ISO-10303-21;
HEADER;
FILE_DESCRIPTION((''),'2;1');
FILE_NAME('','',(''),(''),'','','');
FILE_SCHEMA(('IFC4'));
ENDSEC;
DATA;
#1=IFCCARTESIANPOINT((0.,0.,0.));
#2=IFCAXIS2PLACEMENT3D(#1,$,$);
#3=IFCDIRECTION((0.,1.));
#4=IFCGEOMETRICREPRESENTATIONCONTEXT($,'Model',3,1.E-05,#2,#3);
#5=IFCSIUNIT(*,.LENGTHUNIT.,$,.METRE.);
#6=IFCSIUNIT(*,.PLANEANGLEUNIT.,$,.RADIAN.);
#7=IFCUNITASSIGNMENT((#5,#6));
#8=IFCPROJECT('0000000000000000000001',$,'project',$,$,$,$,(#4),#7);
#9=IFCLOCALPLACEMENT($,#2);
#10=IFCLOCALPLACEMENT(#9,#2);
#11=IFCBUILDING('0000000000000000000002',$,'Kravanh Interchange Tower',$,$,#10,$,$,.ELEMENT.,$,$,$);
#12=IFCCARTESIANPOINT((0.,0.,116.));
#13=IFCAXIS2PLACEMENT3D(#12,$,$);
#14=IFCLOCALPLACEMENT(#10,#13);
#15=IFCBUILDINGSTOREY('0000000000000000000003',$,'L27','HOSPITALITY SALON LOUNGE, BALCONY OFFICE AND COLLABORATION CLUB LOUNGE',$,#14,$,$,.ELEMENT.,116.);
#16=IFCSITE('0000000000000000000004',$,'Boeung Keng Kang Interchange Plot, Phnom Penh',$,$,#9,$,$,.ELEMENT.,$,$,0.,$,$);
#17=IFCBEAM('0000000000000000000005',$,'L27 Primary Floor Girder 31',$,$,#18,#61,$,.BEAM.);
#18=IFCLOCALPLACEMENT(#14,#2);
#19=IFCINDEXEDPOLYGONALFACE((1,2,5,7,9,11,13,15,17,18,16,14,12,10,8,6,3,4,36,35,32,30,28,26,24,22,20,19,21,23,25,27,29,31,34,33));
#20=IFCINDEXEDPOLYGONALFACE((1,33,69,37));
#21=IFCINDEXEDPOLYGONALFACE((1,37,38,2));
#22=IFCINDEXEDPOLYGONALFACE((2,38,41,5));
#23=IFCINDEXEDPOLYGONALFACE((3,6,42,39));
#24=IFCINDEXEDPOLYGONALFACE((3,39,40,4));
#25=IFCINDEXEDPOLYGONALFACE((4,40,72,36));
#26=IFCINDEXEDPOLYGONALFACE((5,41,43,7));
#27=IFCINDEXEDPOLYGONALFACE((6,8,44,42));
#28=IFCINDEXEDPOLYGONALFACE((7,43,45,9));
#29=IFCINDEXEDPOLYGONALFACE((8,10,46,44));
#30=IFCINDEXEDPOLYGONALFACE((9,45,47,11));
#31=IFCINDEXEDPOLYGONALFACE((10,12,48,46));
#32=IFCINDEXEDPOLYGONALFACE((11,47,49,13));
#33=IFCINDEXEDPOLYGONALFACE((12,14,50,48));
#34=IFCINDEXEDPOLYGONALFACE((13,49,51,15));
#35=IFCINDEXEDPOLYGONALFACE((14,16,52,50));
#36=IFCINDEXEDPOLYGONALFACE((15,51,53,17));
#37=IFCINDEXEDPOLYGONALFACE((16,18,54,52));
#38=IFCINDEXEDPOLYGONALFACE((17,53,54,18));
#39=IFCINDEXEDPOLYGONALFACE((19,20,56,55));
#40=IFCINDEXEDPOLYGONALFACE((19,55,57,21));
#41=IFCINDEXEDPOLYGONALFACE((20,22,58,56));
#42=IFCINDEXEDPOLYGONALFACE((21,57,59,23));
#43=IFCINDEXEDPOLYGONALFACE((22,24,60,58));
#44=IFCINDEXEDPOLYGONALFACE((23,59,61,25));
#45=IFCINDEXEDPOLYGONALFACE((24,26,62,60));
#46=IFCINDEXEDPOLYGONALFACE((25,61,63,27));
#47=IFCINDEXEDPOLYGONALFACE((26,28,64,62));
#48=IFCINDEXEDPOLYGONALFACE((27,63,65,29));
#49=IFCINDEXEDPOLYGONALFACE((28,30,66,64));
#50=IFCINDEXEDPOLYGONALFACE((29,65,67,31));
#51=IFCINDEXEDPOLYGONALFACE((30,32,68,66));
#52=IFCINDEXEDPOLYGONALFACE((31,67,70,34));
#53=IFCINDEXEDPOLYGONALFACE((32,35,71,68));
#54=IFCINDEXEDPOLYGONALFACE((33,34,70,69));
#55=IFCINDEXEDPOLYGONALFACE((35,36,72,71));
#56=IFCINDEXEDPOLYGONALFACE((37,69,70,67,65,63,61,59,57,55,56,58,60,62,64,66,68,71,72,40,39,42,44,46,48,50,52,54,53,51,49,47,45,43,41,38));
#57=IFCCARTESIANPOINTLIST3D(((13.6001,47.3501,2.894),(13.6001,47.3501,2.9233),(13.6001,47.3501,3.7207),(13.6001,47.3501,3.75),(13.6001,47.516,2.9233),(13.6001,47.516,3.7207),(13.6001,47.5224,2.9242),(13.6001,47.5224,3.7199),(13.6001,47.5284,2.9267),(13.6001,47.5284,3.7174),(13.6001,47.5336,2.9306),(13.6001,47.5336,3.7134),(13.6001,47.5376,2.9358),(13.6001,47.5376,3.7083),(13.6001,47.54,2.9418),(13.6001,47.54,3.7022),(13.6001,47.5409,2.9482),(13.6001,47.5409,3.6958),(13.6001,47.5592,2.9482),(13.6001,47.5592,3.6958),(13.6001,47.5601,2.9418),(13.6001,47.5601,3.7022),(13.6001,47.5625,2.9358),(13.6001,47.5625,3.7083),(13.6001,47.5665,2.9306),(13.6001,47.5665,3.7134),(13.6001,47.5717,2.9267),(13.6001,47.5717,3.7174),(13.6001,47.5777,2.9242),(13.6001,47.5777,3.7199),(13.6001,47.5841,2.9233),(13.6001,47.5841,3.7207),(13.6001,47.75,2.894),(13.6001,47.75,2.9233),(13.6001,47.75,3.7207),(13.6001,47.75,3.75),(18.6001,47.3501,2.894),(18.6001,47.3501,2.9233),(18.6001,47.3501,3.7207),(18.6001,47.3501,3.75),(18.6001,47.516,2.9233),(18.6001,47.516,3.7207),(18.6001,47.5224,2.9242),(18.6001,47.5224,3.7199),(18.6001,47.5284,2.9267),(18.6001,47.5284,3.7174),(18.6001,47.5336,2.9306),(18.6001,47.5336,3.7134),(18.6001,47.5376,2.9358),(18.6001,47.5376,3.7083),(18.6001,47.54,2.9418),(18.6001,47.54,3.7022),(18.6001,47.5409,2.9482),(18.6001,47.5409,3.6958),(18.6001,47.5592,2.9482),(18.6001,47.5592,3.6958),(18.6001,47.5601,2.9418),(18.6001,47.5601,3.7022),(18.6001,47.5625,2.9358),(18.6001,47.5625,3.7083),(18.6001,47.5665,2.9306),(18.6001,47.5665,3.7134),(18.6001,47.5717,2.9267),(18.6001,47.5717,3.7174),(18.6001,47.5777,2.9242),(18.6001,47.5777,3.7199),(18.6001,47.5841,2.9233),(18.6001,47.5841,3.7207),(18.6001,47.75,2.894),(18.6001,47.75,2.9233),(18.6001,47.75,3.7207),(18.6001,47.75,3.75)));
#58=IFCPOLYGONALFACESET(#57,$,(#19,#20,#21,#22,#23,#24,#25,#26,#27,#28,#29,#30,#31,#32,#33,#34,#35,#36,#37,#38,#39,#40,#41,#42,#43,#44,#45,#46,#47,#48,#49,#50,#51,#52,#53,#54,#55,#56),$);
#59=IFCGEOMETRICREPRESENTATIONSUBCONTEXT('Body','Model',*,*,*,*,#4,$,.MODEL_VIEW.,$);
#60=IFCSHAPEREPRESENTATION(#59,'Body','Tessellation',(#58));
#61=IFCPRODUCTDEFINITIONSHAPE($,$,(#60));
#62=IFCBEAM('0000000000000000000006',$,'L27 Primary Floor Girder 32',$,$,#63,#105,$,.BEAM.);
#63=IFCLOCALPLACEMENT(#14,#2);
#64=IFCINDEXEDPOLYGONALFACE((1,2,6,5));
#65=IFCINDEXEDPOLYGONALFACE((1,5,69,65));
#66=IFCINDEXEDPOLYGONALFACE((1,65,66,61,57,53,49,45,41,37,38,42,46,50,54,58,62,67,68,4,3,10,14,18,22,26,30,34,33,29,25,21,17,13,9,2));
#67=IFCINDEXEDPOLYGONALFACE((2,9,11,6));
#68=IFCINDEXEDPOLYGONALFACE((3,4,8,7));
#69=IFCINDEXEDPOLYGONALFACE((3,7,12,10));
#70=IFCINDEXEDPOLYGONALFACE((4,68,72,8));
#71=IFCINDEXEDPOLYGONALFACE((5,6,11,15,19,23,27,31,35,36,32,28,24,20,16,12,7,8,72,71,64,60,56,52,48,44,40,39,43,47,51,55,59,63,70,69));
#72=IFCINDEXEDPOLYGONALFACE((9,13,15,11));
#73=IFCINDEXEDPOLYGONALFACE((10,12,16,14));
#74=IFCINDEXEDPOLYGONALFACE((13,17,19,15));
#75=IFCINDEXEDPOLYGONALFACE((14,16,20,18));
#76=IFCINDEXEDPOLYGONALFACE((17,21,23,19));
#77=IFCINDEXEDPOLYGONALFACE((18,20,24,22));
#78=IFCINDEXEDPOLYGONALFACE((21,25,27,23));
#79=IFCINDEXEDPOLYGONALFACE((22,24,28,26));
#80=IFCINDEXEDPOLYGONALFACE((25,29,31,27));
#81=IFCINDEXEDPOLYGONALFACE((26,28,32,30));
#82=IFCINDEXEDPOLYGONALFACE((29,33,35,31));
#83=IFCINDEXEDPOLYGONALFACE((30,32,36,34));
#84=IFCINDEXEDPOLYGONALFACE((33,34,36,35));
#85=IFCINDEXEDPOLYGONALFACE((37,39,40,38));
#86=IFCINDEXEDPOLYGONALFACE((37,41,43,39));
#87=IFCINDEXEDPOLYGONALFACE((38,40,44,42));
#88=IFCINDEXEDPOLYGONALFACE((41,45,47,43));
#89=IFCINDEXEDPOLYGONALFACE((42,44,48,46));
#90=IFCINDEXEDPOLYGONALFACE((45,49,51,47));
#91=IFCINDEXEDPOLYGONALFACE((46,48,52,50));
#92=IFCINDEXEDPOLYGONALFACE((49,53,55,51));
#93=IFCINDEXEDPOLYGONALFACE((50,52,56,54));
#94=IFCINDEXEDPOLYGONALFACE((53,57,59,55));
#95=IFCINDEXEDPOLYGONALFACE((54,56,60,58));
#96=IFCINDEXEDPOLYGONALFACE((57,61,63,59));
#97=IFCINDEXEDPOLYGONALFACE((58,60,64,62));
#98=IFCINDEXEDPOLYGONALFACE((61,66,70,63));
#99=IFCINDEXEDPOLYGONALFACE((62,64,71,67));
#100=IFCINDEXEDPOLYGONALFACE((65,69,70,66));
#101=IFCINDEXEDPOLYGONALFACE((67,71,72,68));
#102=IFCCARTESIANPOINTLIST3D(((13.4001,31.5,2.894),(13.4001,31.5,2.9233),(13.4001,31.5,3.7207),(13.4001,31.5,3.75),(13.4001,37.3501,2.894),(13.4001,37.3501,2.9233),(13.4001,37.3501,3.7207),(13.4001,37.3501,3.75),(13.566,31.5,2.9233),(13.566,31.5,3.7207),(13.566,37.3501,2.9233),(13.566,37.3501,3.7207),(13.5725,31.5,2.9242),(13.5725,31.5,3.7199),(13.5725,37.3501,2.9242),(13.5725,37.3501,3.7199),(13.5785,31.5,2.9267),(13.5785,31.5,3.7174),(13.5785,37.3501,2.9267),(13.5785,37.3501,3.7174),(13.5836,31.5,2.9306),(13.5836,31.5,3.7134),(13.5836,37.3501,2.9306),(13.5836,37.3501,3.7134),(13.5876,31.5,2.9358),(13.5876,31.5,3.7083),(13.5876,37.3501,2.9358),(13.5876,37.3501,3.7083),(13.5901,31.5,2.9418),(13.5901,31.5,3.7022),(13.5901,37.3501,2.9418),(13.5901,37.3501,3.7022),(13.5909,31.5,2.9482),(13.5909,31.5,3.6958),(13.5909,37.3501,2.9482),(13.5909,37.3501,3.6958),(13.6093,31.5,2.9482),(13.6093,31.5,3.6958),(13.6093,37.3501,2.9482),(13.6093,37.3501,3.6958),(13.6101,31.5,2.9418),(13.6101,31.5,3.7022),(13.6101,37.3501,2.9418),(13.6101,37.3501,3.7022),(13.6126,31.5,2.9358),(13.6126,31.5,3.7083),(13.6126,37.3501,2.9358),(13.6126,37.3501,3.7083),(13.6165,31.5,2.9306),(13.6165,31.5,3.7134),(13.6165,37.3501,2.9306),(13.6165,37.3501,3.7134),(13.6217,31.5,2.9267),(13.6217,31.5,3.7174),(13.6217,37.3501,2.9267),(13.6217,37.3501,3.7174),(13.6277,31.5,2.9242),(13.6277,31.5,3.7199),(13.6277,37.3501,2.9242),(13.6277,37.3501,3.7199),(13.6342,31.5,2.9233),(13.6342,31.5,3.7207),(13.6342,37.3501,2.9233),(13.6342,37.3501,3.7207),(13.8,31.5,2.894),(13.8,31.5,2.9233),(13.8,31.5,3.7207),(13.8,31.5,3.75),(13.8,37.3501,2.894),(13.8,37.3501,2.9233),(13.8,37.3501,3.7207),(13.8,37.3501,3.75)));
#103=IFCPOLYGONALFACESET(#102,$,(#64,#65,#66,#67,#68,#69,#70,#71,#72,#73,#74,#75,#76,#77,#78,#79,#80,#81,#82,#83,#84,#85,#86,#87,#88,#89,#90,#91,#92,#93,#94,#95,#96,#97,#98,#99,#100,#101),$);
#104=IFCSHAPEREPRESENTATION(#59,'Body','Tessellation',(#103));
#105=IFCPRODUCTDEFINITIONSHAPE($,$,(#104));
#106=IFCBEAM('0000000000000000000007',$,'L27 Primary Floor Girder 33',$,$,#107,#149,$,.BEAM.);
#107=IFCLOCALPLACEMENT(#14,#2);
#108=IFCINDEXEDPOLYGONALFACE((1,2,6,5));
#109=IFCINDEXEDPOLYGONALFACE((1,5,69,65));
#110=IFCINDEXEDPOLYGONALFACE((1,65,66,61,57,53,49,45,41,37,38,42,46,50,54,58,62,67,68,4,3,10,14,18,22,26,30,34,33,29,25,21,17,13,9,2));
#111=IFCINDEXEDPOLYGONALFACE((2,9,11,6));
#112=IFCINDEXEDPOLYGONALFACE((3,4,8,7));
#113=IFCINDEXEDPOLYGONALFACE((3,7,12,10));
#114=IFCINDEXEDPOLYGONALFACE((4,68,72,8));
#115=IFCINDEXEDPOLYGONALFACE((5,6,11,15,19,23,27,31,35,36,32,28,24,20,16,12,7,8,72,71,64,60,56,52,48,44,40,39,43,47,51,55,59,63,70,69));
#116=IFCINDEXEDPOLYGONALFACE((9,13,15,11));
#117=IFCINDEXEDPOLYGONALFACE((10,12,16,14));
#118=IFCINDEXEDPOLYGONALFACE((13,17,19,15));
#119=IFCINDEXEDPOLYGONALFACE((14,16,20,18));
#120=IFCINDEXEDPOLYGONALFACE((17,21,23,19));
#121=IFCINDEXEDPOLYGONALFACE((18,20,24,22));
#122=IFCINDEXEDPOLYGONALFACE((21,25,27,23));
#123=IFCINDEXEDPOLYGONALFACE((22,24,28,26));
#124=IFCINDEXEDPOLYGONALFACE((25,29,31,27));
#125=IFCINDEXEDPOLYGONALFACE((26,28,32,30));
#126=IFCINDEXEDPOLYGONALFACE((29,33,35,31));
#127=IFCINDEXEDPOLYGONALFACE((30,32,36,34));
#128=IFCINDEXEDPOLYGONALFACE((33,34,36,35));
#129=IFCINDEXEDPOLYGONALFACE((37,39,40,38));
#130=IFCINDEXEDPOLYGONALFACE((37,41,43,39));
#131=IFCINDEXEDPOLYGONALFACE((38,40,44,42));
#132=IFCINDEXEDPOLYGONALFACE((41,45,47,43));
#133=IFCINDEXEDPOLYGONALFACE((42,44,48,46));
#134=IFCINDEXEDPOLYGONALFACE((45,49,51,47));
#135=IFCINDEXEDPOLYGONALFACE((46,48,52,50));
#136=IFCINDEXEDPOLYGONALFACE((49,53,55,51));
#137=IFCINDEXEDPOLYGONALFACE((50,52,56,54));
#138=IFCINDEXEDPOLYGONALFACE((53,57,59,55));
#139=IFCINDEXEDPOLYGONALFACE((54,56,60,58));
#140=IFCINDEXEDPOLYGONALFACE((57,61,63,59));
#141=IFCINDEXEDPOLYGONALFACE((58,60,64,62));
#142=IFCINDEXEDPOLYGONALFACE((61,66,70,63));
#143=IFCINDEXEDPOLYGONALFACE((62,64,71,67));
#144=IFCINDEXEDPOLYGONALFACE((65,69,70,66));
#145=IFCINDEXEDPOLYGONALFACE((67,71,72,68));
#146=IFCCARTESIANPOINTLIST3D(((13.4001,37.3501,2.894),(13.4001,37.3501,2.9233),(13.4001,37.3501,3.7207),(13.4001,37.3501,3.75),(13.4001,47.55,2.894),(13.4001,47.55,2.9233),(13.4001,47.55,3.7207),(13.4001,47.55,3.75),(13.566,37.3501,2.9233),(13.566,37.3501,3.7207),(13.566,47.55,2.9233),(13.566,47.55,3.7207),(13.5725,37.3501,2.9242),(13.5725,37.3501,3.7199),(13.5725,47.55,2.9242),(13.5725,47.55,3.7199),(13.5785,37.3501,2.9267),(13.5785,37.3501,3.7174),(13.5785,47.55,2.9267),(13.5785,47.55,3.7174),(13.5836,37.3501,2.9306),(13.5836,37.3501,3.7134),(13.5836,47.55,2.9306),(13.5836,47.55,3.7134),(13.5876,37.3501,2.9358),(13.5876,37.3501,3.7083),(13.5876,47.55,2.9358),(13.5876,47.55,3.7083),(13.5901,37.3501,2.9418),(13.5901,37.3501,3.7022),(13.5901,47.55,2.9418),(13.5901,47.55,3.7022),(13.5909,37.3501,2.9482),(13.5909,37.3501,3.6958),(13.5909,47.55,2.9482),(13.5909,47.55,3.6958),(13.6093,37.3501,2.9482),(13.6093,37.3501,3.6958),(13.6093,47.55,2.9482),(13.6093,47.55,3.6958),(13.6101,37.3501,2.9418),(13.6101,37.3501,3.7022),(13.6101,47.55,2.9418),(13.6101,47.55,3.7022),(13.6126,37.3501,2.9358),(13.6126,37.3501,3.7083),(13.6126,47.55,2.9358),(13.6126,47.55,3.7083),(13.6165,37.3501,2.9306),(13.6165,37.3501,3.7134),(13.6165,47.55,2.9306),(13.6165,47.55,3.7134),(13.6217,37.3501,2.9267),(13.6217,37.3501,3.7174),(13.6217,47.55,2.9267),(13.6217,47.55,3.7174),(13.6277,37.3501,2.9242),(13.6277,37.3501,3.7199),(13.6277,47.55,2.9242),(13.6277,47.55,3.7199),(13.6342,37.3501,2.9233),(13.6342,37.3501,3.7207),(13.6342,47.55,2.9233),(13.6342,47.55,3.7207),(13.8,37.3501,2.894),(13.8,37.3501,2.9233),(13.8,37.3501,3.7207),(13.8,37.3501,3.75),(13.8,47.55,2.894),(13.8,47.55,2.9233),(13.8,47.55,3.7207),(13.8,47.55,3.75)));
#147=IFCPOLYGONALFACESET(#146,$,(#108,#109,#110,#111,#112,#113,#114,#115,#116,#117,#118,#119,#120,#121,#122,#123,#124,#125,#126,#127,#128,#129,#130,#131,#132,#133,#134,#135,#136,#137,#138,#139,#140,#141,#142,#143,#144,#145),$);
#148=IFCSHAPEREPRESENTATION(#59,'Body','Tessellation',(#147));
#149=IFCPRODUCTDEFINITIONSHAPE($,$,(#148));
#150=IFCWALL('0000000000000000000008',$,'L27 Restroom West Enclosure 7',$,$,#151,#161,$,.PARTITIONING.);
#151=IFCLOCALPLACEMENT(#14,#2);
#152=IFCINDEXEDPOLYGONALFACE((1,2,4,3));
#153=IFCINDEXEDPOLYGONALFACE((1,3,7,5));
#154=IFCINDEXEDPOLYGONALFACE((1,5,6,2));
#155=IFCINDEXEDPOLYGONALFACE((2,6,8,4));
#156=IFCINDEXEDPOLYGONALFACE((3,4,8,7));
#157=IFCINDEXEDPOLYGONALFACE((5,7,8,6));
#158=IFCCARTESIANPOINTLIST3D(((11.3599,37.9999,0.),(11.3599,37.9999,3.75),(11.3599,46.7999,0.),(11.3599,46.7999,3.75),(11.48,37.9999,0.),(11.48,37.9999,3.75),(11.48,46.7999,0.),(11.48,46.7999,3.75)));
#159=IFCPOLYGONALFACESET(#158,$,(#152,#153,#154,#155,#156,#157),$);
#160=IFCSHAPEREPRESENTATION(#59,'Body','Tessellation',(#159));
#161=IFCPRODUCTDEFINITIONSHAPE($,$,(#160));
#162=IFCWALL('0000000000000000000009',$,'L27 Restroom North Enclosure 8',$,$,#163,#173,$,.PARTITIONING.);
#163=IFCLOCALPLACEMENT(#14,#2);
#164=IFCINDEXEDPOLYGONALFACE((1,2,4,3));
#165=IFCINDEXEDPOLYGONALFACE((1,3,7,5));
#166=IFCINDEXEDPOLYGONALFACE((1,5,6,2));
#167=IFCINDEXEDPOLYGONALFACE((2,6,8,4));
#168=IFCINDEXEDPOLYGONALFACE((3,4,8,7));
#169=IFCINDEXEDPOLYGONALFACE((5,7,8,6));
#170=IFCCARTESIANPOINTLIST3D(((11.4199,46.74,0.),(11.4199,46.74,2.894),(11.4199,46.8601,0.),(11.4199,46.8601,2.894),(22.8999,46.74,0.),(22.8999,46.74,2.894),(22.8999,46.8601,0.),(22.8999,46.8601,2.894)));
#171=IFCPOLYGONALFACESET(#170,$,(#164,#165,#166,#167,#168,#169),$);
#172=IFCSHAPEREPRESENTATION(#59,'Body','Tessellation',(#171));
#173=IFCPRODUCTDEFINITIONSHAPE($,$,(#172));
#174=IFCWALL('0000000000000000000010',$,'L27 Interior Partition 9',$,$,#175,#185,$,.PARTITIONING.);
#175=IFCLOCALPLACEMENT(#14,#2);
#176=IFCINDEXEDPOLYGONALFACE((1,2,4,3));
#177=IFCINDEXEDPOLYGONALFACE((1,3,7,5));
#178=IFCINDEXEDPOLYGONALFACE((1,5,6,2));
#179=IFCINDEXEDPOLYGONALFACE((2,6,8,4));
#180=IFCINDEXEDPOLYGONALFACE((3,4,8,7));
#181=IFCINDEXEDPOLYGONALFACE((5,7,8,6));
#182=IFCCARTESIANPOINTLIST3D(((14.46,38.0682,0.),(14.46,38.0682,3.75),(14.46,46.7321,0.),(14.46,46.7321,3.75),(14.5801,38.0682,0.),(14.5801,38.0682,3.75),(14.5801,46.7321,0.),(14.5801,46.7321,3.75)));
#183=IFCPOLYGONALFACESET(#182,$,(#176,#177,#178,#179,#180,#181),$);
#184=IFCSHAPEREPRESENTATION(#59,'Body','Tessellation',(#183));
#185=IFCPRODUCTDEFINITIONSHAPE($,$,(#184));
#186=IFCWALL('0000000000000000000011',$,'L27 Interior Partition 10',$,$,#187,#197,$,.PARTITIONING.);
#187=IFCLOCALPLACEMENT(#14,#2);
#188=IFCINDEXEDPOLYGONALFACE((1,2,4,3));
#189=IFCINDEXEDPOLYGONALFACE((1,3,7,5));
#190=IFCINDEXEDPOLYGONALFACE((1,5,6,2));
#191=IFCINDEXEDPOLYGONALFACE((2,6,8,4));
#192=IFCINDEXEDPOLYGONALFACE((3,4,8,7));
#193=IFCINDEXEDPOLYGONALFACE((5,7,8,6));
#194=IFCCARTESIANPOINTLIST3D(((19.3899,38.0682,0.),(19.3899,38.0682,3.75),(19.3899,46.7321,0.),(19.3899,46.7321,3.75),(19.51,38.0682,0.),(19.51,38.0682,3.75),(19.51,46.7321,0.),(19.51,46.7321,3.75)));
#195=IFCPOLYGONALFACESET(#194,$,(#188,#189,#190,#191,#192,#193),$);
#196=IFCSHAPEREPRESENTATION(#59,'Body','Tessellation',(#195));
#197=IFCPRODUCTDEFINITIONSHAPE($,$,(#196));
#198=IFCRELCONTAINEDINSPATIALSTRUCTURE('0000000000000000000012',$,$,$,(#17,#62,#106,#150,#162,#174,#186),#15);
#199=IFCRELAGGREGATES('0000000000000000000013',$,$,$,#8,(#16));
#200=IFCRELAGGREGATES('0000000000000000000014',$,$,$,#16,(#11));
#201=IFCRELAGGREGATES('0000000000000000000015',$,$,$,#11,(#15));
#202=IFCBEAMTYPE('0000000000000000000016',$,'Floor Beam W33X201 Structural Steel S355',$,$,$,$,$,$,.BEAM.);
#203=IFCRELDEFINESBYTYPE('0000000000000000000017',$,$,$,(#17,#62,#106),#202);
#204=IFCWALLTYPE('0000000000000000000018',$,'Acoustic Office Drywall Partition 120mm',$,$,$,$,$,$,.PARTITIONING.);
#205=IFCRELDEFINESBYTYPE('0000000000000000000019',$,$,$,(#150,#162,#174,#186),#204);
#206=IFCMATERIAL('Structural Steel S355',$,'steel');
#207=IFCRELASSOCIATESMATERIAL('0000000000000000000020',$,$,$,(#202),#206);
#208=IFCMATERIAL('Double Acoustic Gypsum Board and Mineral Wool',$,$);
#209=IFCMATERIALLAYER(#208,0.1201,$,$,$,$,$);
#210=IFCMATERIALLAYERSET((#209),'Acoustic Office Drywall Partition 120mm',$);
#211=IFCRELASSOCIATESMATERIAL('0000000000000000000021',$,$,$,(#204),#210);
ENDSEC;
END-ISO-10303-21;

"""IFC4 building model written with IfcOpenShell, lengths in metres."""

from ifc_helpers import new_model, si_unit, direction, frame, frame_2d, origin, origin_2d, place, context, subcontext, project, spatial, rectangle, i_section, extrude, material, layer, layer_set, material_profile, profile_set, type_object, element, save


model = new_model("IFC4")

# Units and contexts
model_context = context("Model", 3, precision=1e-05, world=origin(), true_north=direction((0.0, 1.0)))
body_context = subcontext(model_context, "Body", "Model", "MODEL_VIEW")
ifc_project = project(units=[si_unit("LENGTHUNIT", "METRE"), si_unit("PLANEANGLEUNIT", "RADIAN")], contexts=[model_context])

# Site, building, storey
site_placement = place(None, origin())
site = spatial("IfcSite", under=ifc_project, at=site_placement, Name="Boeung Keng Kang Interchange Plot, Phnom Penh", CompositionType="ELEMENT", RefElevation=0.0)
building_placement = place(site_placement, origin())
building = spatial("IfcBuilding", under=site, at=building_placement, Name="Kravanh Interchange Tower", CompositionType="ELEMENT")
storey_placement = place(building_placement, frame((0.0, 0.0, 116.0)))
storey = spatial("IfcBuildingStorey", under=building, at=storey_placement, Name="L27", Description="HOSPITALITY SALON LOUNGE, BALCONY OFFICE AND COLLABORATION CLUB LOUNGE", CompositionType="ELEMENT", Elevation=116.0)

# Beams
ifc_material_1 = material(Name="Structural Steel S355", Category="steel")
ifc_material_profile_1 = material_profile(ifc_material_1, i_section(OverallWidth=0.3999, OverallDepth=0.856, WebThickness=0.0183, FlangeThickness=0.0293, FilletRadius=0.0249, at=origin_2d()), Name="W33X201")
ifc_profile_set_1 = profile_set([ifc_material_profile_1], Name="Structural Steel S355")
beam_type = type_object("IfcBeamType", Name="Floor Beam W33X201 Structural Steel S355", PredefinedType="BEAM", material=ifc_profile_set_1)
beam_1_placement = place(storey_placement, frame((18.6001, 47.55, 3.322), z_axis=(-1.0, 0.0, 0.0), x_axis=(0.0, -1.0, 0.0)))
element("IfcBeam", 1, at=beam_1_placement, inside=storey, type_object=beam_type, Name="L27 Primary Floor Girder 31", PredefinedType="BEAM", context=body_context, shape_type="SweptSolid", body=[
    extrude(i_section(OverallWidth=0.3999, OverallDepth=0.856, WebThickness=0.0183, FlangeThickness=0.0293, FilletRadius=0.0249, at=origin_2d()), origin(), (0.0, 0.0, 1.0), 5.0),
])
beam_2_placement = place(storey_placement, frame((13.6001, 37.3501, 3.322), z_axis=(0.0, -1.0, 0.0), x_axis=(1.0, 0.0, 0.0)))
element("IfcBeam", 2, at=beam_2_placement, inside=storey, type_object=beam_type, Name="L27 Primary Floor Girder 32", PredefinedType="BEAM", context=body_context, shape_type="SweptSolid", body=[
    extrude(i_section(OverallWidth=0.3999, OverallDepth=0.856, WebThickness=0.0183, FlangeThickness=0.0293, FilletRadius=0.0249, at=origin_2d()), origin(), (0.0, 0.0, 1.0), 5.8501),
])
beam_3_placement = place(storey_placement, frame((13.6001, 37.3501, 3.322), z_axis=(0.0, 1.0, 0.0), x_axis=(-1.0, 0.0, 0.0)))
element("IfcBeam", 3, at=beam_3_placement, inside=storey, type_object=beam_type, Name="L27 Primary Floor Girder 33", PredefinedType="BEAM", context=body_context, shape_type="SweptSolid", body=[
    extrude(i_section(OverallWidth=0.3999, OverallDepth=0.856, WebThickness=0.0183, FlangeThickness=0.0293, FilletRadius=0.0249, at=origin_2d()), origin(), (0.0, 0.0, 1.0), 10.2),
])

# Shared definitions
ifc_material_2 = material(Name="Double Acoustic Gypsum Board and Mineral Wool")
ifc_layer_1 = layer(ifc_material_2, 0.1201)
ifc_layer_set_1 = layer_set([ifc_layer_1], Name="Acoustic Office Drywall Partition 120mm")
wall_type_1 = type_object("IfcWallType", Name="Acoustic Office Drywall Partition 120mm", PredefinedType="PARTITIONING", material=ifc_layer_set_1)

# Walls
wall_1_placement = place(storey_placement, frame((11.4199, 38.0, 0.0), z_axis=(0.0, 0.0, 1.0), x_axis=(0.0, 1.0, 0.0)))
element("IfcWall", 4, at=wall_1_placement, inside=storey, type_object=wall_type_1, Name="L27 Restroom West Enclosure 7", PredefinedType="PARTITIONING", context=body_context, shape_type="SweptSolid", body=[
    extrude(rectangle(XDim=8.8, YDim=0.1201, at=frame_2d((4.3999, 0.0))), origin(), (0.0, 0.0, 1.0), 3.75),
])
wall_2_placement = place(storey_placement, frame((11.4199, 46.8, 0.0), z_axis=(0.0, 0.0, 1.0), x_axis=(1.0, 0.0, 0.0)))
element("IfcWall", 5, at=wall_2_placement, inside=storey, type_object=wall_type_1, Name="L27 Restroom North Enclosure 8", PredefinedType="PARTITIONING", context=body_context, shape_type="SweptSolid", body=[
    extrude(rectangle(XDim=11.48, YDim=0.1201, at=frame_2d((5.74, 0.0))), origin(), (0.0, 0.0, 1.0), 2.894),
])
for number, where, z_axis, x_axis, name in (
    (6, (14.52, 38.0681, 0.0), (0.0, 0.0, 1.0), (0.0, 1.0, 0.0), "L27 Interior Partition 9"),
    (7, (19.45, 38.0681, 0.0), (0.0, 0.0, 1.0), (0.0, 1.0, 0.0), "L27 Interior Partition 10"),
):
    element("IfcWall", number, at=place(storey_placement, frame(where, z_axis=z_axis, x_axis=x_axis)), inside=storey, type_object=wall_type_1, Name=name, PredefinedType="PARTITIONING", context=body_context, shape_type="SweptSolid", body=[
        extrude(rectangle(XDim=8.6638, YDim=0.1201, at=frame_2d((4.332, 0.0))), origin(), (0.0, 0.0, 1.0), 3.75),
    ])

save(model, "model.ifc")
